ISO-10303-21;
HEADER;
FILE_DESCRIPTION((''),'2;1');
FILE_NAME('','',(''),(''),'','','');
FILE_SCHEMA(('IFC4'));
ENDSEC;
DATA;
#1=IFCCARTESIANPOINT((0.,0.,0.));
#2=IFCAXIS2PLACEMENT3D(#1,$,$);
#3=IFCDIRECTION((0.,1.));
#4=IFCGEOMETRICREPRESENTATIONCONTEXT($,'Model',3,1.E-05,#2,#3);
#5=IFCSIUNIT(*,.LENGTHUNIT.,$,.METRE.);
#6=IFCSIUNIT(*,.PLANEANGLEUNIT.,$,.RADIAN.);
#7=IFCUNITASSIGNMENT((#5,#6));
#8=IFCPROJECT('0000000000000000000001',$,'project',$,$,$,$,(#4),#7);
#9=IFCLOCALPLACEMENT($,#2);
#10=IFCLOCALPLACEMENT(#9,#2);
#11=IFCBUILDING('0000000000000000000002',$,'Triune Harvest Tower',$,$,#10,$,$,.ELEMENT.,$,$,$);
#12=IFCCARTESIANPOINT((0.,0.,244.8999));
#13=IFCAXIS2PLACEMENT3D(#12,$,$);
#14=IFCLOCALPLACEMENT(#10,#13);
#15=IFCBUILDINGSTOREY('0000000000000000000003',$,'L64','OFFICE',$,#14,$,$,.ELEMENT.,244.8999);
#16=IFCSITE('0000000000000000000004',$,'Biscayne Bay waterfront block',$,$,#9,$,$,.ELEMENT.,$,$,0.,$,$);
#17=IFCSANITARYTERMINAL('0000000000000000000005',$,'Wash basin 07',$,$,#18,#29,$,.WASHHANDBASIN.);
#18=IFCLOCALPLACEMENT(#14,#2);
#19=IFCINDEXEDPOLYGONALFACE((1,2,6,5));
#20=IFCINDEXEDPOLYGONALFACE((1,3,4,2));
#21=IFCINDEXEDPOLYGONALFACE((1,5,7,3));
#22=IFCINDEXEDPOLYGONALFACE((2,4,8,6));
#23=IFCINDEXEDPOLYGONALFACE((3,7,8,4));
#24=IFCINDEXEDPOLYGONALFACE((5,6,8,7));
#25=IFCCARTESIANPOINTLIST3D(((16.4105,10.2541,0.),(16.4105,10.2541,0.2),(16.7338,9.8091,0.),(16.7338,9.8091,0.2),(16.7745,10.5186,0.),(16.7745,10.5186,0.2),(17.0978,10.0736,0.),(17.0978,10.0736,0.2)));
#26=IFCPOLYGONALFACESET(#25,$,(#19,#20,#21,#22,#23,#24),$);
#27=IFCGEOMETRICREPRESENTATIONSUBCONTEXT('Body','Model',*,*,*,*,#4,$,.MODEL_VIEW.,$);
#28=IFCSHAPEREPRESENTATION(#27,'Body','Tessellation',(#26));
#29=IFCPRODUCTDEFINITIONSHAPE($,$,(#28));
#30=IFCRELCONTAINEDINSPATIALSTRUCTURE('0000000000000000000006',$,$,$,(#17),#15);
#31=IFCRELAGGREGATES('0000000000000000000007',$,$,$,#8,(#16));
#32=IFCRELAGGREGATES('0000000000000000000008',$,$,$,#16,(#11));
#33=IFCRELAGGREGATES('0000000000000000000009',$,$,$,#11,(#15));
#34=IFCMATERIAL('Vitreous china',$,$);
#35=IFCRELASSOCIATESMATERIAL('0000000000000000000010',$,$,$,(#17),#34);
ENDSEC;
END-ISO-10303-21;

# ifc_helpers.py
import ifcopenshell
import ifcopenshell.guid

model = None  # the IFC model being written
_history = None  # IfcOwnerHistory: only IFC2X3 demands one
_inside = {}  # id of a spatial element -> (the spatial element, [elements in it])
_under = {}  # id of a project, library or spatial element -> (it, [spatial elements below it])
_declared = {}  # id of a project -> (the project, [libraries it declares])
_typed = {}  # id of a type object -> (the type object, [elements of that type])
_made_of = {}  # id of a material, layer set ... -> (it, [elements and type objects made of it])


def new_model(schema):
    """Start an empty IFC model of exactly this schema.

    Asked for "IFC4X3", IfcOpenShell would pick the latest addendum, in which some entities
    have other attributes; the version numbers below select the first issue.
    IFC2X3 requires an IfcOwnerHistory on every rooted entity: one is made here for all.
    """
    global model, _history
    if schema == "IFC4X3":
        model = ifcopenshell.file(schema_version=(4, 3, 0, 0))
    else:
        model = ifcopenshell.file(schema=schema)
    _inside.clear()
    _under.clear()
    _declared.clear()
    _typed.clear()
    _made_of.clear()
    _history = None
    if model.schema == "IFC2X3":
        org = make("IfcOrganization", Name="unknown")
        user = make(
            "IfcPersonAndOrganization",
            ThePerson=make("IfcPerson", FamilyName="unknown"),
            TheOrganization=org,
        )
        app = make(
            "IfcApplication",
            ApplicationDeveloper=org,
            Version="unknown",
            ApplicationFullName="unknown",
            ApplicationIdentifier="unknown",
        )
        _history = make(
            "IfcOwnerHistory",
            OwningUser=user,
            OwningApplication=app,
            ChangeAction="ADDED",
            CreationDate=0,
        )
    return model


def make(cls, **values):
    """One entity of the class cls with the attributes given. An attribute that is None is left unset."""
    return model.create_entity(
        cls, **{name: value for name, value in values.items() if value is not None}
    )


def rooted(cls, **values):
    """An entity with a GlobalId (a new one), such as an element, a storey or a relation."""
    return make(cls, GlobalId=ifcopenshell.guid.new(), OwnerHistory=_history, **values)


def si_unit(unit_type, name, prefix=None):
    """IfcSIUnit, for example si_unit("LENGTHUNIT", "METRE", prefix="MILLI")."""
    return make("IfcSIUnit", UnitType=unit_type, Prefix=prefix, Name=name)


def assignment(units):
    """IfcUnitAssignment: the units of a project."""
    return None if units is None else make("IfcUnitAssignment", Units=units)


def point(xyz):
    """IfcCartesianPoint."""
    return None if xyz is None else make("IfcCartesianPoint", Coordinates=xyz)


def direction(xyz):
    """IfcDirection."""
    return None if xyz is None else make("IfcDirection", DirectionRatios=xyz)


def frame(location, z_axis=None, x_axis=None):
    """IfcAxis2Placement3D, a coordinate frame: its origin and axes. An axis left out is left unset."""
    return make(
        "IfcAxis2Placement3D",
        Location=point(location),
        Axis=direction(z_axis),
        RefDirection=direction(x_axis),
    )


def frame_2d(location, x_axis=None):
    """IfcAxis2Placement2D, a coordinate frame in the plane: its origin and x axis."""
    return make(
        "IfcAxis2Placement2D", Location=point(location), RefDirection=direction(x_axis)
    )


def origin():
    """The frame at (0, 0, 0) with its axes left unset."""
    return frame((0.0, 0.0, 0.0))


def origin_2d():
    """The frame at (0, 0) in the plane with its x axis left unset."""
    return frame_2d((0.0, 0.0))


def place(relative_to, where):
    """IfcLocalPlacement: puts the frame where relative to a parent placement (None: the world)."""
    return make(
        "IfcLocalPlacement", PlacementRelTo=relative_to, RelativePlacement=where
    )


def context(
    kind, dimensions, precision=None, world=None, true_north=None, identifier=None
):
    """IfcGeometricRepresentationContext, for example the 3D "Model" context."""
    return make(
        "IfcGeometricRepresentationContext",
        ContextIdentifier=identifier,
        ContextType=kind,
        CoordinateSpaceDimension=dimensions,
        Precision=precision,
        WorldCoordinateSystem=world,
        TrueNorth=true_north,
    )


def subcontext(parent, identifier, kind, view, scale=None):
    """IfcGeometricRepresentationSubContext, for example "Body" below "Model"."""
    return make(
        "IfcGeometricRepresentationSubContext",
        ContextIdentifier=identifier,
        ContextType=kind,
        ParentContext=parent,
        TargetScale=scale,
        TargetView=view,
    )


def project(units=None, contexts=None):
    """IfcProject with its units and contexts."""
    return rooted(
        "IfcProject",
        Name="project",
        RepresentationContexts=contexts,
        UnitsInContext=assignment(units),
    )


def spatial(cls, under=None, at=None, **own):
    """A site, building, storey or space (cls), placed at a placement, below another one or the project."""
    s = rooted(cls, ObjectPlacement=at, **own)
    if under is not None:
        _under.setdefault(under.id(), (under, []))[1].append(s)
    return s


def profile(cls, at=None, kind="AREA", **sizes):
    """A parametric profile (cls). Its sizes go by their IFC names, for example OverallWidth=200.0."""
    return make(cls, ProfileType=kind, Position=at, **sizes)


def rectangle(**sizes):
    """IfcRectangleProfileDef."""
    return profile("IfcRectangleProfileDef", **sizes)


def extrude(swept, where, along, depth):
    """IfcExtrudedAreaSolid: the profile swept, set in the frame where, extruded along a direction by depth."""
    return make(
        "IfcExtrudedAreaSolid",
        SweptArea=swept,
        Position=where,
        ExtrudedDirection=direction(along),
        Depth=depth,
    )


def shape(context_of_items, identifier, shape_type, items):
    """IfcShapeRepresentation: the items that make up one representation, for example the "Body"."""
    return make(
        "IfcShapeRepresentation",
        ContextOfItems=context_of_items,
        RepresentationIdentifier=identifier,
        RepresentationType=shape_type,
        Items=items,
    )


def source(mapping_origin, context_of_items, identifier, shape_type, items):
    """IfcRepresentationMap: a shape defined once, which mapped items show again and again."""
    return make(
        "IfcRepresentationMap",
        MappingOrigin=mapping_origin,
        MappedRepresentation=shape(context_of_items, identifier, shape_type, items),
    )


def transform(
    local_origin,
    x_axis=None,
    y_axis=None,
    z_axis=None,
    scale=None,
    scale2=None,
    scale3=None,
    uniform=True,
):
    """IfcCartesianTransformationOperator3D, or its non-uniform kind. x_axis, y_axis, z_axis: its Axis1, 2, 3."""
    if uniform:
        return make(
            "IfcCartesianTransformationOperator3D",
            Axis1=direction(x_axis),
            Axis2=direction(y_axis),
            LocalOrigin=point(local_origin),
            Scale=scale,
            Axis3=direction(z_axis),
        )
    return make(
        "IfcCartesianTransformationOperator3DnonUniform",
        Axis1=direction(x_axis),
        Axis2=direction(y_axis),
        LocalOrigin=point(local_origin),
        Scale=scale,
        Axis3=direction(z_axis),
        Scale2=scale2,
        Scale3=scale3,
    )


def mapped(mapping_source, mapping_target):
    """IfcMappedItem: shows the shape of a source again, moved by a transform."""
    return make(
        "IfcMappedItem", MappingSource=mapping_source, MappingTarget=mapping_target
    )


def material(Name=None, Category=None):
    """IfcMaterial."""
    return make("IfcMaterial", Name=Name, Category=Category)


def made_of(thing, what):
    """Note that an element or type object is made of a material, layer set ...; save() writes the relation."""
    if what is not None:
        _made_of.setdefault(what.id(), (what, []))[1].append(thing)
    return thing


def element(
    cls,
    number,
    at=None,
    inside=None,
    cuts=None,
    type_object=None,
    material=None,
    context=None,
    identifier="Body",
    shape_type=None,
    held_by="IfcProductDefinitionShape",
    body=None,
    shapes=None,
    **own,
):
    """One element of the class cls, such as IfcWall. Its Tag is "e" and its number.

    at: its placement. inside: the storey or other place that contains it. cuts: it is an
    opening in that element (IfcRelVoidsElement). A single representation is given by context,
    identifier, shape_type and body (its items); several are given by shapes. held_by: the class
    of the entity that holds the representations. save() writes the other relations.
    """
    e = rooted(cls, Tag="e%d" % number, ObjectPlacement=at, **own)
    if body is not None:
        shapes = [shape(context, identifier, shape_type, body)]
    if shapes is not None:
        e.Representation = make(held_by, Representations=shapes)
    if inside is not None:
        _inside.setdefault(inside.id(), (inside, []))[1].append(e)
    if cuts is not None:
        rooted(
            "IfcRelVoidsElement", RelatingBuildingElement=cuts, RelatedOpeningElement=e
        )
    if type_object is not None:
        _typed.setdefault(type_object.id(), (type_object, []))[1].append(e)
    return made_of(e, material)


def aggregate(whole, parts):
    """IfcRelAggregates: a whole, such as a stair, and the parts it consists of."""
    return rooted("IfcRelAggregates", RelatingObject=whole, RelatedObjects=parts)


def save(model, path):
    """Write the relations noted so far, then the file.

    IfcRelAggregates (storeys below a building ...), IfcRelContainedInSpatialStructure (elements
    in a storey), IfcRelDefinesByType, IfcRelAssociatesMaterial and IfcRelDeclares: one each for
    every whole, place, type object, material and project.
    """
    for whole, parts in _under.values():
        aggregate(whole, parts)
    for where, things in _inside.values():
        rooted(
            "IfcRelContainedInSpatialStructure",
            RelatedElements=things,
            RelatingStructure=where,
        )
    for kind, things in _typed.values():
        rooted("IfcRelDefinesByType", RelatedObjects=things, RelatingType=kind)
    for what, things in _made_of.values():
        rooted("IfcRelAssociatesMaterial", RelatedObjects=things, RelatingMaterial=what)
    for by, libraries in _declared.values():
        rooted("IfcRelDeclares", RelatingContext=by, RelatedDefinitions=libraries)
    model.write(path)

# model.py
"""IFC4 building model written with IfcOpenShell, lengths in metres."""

from ifc_helpers import new_model, si_unit, direction, frame, origin, origin_2d, place, context, subcontext, project, spatial, rectangle, extrude, source, transform, mapped, material, element, save


model = new_model("IFC4")

# Units and contexts
model_context = context("Model", 3, precision=1e-05, world=origin(), true_north=direction((0.0, 1.0)))
body_context = subcontext(model_context, "Body", "Model", "MODEL_VIEW")
ifc_project = project(units=[si_unit("LENGTHUNIT", "METRE"), si_unit("PLANEANGLEUNIT", "RADIAN")], contexts=[model_context])

# Site, building, storey
site_placement = place(None, origin())
site = spatial("IfcSite", under=ifc_project, at=site_placement, Name="Biscayne Bay waterfront block", CompositionType="ELEMENT", RefElevation=0.0)
building_placement = place(site_placement, origin())
building = spatial("IfcBuilding", under=site, at=building_placement, Name="Triune Harvest Tower", CompositionType="ELEMENT")
storey_placement = place(building_placement, frame((0.0, 0.0, 244.8999)))
storey = spatial("IfcBuildingStorey", under=building, at=storey_placement, Name="L64", Description="OFFICE", CompositionType="ELEMENT", Elevation=244.8999)

# Sanitary terminal
ifc_material_1 = material(Name="Vitreous china")
shared_shape_1 = source(origin(), body_context, "Body", "SweptSolid", [
    extrude(rectangle(XDim=0.55, YDim=0.45, at=origin_2d()), origin(), (0.0, 0.0, 1.0), 0.2),
])
for number, where, z_axis, x_axis, name in (
    (1, (16.7542, 10.1638, 0.0), (0.0, 0.0, 1.0), (0.587771, -0.809027, 0.0), "Wash basin 07"),
):
    element("IfcSanitaryTerminal", number, at=place(storey_placement, frame(where, z_axis=z_axis, x_axis=x_axis)), inside=storey, material=ifc_material_1, Name=name, PredefinedType="WASHHANDBASIN", context=body_context, shape_type="MappedRepresentation", body=[
        mapped(shared_shape_1, transform((0.0, 0.0, 0.0), scale=1.0)),
    ])

save(model, "model.ifc")
